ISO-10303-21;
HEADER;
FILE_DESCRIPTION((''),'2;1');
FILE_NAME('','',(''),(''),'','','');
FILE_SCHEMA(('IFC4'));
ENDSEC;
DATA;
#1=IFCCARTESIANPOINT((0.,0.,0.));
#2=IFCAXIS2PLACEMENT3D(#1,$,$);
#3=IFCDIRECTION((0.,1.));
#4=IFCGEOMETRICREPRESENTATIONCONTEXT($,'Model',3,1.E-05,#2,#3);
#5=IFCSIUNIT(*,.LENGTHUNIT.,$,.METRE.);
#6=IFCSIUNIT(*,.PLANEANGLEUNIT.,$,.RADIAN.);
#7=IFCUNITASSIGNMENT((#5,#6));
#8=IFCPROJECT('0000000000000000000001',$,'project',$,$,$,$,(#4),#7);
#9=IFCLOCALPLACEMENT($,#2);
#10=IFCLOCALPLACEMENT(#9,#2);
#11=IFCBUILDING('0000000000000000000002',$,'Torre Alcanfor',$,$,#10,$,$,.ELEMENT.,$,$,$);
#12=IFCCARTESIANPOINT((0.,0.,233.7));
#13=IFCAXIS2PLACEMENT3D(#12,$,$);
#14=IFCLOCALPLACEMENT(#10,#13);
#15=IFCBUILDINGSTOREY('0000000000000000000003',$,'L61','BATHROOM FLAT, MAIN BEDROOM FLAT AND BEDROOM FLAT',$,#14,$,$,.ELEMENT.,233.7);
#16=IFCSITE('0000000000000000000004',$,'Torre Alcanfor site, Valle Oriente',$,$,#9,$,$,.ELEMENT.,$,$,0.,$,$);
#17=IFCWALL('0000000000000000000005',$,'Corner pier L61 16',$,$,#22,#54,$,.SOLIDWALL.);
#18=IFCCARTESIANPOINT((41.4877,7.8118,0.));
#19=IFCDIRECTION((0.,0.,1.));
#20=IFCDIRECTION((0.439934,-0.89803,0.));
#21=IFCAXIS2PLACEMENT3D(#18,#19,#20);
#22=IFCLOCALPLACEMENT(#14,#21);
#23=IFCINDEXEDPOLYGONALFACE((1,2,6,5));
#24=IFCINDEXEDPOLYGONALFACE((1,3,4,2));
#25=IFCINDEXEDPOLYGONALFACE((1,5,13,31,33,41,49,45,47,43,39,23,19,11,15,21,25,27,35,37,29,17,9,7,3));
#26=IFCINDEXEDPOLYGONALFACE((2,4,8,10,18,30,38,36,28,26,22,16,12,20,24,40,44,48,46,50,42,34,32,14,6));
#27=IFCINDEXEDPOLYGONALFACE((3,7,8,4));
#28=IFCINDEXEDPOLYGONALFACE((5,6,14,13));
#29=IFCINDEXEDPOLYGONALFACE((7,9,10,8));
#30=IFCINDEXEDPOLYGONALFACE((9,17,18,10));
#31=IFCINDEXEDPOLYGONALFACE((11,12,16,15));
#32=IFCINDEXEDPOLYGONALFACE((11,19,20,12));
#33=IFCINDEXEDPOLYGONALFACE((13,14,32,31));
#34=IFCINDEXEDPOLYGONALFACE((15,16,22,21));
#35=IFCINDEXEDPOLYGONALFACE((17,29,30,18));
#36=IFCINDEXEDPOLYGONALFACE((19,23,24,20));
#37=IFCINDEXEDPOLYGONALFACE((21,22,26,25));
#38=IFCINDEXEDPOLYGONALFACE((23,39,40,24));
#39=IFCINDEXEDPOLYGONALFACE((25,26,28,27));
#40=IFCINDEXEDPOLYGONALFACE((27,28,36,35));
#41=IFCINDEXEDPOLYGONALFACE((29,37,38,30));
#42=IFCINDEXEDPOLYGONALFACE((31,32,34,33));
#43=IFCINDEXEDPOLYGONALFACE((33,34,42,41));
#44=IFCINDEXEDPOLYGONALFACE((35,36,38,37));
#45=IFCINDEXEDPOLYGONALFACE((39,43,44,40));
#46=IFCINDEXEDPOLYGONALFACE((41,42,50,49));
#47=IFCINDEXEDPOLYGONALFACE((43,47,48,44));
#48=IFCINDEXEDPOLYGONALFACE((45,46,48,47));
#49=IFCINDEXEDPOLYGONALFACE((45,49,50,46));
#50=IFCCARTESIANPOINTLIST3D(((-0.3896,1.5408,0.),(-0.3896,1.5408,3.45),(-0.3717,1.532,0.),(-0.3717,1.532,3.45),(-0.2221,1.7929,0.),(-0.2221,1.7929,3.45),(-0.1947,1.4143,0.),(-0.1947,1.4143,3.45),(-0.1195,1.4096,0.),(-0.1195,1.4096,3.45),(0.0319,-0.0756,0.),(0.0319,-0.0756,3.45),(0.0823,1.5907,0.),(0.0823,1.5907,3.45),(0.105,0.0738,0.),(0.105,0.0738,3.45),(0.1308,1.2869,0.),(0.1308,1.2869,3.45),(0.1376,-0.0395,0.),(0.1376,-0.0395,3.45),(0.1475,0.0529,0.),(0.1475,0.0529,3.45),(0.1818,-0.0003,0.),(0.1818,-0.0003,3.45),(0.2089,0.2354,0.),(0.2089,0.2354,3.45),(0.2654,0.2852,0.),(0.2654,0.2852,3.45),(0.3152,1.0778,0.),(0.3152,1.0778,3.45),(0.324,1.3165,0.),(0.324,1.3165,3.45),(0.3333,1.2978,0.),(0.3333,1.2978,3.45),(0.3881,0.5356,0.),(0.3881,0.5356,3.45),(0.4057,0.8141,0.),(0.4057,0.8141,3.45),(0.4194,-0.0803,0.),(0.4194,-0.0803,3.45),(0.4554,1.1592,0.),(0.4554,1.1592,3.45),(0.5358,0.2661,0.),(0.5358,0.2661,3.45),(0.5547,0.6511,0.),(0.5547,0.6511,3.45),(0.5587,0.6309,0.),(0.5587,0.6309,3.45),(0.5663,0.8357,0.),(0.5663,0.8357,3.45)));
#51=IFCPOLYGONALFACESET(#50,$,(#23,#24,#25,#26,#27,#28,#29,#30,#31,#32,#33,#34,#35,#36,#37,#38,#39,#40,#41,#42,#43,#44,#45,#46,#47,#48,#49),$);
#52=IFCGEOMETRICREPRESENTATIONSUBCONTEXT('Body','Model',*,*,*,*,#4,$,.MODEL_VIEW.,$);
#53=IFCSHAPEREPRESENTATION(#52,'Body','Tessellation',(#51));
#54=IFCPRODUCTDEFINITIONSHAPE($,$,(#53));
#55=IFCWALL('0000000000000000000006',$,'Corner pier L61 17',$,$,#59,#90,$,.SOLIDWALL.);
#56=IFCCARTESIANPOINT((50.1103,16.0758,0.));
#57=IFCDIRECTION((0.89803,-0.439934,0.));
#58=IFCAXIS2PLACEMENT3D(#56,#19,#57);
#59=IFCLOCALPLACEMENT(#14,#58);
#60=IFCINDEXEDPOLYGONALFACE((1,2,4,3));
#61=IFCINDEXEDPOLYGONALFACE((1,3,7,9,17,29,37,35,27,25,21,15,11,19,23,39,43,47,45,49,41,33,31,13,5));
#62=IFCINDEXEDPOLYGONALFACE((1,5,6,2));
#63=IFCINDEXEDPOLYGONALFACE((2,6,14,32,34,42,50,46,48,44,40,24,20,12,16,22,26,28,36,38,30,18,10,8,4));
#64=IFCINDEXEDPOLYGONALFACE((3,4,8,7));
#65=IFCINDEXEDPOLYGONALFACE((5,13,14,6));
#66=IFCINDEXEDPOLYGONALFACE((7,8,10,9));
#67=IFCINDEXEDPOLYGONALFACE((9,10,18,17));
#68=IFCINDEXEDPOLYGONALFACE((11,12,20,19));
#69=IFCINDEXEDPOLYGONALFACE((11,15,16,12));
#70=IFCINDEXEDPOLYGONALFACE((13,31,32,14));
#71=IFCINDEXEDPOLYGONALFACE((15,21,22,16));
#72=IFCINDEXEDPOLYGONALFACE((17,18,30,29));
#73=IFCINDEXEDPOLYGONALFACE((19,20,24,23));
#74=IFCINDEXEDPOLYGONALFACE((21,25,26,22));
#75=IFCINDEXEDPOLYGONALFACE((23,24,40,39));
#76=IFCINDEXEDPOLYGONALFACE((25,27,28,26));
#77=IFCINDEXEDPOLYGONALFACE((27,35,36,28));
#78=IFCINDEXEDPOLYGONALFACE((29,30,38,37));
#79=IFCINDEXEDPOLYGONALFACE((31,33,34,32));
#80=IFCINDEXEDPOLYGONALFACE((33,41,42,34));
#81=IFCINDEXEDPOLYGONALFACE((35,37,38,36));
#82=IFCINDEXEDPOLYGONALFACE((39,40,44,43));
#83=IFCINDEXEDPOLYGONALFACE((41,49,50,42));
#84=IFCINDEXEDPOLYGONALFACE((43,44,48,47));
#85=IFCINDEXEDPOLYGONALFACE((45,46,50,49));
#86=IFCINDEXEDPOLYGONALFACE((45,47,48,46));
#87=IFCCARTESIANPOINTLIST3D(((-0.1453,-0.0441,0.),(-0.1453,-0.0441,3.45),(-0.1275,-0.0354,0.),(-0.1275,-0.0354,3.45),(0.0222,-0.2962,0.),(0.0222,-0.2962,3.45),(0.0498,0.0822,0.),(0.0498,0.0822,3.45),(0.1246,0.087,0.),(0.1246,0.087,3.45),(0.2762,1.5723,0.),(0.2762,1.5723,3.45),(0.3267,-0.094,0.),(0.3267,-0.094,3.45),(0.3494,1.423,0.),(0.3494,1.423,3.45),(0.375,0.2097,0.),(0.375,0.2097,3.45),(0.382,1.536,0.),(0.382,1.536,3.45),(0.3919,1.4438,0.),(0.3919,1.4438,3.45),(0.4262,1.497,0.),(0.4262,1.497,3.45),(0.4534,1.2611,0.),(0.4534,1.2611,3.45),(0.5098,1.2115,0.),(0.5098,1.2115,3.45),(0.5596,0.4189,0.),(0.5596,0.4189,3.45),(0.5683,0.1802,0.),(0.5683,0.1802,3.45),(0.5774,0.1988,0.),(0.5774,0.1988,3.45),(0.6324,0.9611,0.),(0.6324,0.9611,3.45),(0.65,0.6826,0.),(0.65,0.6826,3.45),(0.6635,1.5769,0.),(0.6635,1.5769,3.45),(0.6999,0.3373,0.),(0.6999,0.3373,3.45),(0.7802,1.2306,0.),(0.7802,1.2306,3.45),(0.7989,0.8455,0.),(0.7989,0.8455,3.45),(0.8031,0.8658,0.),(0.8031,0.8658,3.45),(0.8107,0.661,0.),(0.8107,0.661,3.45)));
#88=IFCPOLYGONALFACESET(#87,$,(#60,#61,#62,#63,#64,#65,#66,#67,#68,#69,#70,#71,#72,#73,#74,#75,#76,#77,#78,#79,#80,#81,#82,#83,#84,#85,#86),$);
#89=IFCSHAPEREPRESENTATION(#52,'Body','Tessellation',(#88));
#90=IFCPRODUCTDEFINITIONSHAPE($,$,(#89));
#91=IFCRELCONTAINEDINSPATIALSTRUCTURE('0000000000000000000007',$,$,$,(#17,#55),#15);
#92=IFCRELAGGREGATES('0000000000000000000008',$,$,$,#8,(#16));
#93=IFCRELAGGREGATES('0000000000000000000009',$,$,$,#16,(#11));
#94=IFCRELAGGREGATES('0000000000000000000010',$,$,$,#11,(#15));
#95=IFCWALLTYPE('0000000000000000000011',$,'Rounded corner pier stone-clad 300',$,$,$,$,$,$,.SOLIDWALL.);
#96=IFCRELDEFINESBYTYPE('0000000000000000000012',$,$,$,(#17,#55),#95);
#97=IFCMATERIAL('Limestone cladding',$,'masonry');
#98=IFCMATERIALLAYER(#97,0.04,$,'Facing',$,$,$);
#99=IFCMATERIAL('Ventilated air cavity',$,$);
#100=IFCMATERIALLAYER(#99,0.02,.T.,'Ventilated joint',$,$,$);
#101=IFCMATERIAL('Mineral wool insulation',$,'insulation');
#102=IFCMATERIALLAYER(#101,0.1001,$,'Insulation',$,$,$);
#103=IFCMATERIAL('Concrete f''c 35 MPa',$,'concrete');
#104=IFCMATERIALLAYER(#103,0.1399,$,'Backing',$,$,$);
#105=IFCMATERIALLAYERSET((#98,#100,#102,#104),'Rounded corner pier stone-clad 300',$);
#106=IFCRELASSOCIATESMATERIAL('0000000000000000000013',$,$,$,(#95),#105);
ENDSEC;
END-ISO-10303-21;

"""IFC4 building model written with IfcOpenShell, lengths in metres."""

from ifc_helpers import new_model, si_unit, direction, frame, origin, place, context, subcontext, project, spatial, polyline, outline, extrude, material, layer, layer_set, type_object, element, save


model = new_model("IFC4")

# Units and contexts
model_context = context("Model", 3, precision=1e-05, world=origin(), true_north=direction((0.0, 1.0)))
body_context = subcontext(model_context, "Body", "Model", "MODEL_VIEW")
ifc_project = project(units=[si_unit("LENGTHUNIT", "METRE"), si_unit("PLANEANGLEUNIT", "RADIAN")], contexts=[model_context])

# Site, building, storey
site_placement = place(None, origin())
site = spatial("IfcSite", under=ifc_project, at=site_placement, Name="Torre Alcanfor site, Valle Oriente", CompositionType="ELEMENT", RefElevation=0.0)
building_placement = place(site_placement, origin())
building = spatial("IfcBuilding", under=site, at=building_placement, Name="Torre Alcanfor", CompositionType="ELEMENT")
storey_placement = place(building_placement, frame((0.0, 0.0, 233.7)))
storey = spatial("IfcBuildingStorey", under=building, at=storey_placement, Name="L61", Description="BATHROOM FLAT, MAIN BEDROOM FLAT AND BEDROOM FLAT", CompositionType="ELEMENT", Elevation=233.7)

# Shared definitions
ifc_material_1 = material(Name="Limestone cladding", Category="masonry")
ifc_material_2 = material(Name="Ventilated air cavity")
ifc_material_3 = material(Name="Mineral wool insulation", Category="insulation")
ifc_material_4 = material(Name="Concrete f'c 35 MPa", Category="concrete")

# Walls
ifc_layer_1 = layer(ifc_material_1, 0.04, Name="Facing")
ifc_layer_2 = layer(ifc_material_2, 0.02, ventilated=True, Name="Ventilated joint")
ifc_layer_3 = layer(ifc_material_3, 0.1001, Name="Insulation")
ifc_layer_4 = layer(ifc_material_4, 0.1399, Name="Backing")
ifc_layer_set_1 = layer_set([ifc_layer_1, ifc_layer_2, ifc_layer_3, ifc_layer_4], Name="Rounded corner pier stone-clad 300")
wall_type_1 = type_object("IfcWallType", Name="Rounded corner pier stone-clad 300", PredefinedType="SOLIDWALL", material=ifc_layer_set_1)
wall_1_placement = place(storey_placement, frame((41.4877, 7.8118, 0.0), z_axis=(0.0, 0.0, 1.0), x_axis=(0.439934, -0.89803, 0.0)))
element("IfcWall", 1, at=wall_1_placement, inside=storey, type_object=wall_type_1, Name="Corner pier L61 16", PredefinedType="SOLIDWALL", context=body_context, shape_type="SweptSolid", body=[
    extrude(outline(polyline([(-0.2221, 1.7929), (-0.3896, 1.5408), (-0.3717, 1.532), (-0.1947, 1.4143), (-0.1195, 1.4096), (0.1308, 1.2869), (0.3152, 1.0778), (0.4057, 0.8141), (0.3881, 0.5356), (0.2654, 0.2852), (0.2089, 0.2354), (0.1475, 0.0529), (0.105, 0.0738), (0.0319, -0.0756), (0.1376, -0.0395), (0.1818, -0.0003), (0.4194, -0.0803), (0.5358, 0.2661), (0.5587, 0.6309), (0.5547, 0.6511), (0.5663, 0.8357), (0.4554, 1.1592), (0.3333, 1.2978), (0.324, 1.3165), (0.0823, 1.5907), (-0.2221, 1.7929)])), origin(), (0.0, 0.0, 1.0), 3.45),
])
wall_2_placement = place(storey_placement, frame((50.1103, 16.0758, 0.0), z_axis=(0.0, 0.0, 1.0), x_axis=(0.89803, -0.439934, 0.0)))
element("IfcWall", 2, at=wall_2_placement, inside=storey, type_object=wall_type_1, Name="Corner pier L61 17", PredefinedType="SOLIDWALL", context=body_context, shape_type="SweptSolid", body=[
    extrude(outline(polyline([(0.6635, 1.5769), (0.4262, 1.497), (0.382, 1.536), (0.2762, 1.5723), (0.3494, 1.423), (0.3919, 1.4438), (0.4534, 1.2611), (0.5098, 1.2115), (0.6324, 0.9611), (0.65, 0.6826), (0.5596, 0.4189), (0.375, 0.2097), (0.1246, 0.087), (0.0498, 0.0822), (-0.1275, -0.0354), (-0.1453, -0.0441), (0.0222, -0.2962), (0.3267, -0.094), (0.5683, 0.1802), (0.5774, 0.1988), (0.6999, 0.3373), (0.8107, 0.661), (0.7989, 0.8455), (0.8031, 0.8658), (0.7802, 1.2306), (0.6635, 1.5769)])), origin(), (0.0, 0.0, 1.0), 3.45),
])

save(model, "model.ifc")
